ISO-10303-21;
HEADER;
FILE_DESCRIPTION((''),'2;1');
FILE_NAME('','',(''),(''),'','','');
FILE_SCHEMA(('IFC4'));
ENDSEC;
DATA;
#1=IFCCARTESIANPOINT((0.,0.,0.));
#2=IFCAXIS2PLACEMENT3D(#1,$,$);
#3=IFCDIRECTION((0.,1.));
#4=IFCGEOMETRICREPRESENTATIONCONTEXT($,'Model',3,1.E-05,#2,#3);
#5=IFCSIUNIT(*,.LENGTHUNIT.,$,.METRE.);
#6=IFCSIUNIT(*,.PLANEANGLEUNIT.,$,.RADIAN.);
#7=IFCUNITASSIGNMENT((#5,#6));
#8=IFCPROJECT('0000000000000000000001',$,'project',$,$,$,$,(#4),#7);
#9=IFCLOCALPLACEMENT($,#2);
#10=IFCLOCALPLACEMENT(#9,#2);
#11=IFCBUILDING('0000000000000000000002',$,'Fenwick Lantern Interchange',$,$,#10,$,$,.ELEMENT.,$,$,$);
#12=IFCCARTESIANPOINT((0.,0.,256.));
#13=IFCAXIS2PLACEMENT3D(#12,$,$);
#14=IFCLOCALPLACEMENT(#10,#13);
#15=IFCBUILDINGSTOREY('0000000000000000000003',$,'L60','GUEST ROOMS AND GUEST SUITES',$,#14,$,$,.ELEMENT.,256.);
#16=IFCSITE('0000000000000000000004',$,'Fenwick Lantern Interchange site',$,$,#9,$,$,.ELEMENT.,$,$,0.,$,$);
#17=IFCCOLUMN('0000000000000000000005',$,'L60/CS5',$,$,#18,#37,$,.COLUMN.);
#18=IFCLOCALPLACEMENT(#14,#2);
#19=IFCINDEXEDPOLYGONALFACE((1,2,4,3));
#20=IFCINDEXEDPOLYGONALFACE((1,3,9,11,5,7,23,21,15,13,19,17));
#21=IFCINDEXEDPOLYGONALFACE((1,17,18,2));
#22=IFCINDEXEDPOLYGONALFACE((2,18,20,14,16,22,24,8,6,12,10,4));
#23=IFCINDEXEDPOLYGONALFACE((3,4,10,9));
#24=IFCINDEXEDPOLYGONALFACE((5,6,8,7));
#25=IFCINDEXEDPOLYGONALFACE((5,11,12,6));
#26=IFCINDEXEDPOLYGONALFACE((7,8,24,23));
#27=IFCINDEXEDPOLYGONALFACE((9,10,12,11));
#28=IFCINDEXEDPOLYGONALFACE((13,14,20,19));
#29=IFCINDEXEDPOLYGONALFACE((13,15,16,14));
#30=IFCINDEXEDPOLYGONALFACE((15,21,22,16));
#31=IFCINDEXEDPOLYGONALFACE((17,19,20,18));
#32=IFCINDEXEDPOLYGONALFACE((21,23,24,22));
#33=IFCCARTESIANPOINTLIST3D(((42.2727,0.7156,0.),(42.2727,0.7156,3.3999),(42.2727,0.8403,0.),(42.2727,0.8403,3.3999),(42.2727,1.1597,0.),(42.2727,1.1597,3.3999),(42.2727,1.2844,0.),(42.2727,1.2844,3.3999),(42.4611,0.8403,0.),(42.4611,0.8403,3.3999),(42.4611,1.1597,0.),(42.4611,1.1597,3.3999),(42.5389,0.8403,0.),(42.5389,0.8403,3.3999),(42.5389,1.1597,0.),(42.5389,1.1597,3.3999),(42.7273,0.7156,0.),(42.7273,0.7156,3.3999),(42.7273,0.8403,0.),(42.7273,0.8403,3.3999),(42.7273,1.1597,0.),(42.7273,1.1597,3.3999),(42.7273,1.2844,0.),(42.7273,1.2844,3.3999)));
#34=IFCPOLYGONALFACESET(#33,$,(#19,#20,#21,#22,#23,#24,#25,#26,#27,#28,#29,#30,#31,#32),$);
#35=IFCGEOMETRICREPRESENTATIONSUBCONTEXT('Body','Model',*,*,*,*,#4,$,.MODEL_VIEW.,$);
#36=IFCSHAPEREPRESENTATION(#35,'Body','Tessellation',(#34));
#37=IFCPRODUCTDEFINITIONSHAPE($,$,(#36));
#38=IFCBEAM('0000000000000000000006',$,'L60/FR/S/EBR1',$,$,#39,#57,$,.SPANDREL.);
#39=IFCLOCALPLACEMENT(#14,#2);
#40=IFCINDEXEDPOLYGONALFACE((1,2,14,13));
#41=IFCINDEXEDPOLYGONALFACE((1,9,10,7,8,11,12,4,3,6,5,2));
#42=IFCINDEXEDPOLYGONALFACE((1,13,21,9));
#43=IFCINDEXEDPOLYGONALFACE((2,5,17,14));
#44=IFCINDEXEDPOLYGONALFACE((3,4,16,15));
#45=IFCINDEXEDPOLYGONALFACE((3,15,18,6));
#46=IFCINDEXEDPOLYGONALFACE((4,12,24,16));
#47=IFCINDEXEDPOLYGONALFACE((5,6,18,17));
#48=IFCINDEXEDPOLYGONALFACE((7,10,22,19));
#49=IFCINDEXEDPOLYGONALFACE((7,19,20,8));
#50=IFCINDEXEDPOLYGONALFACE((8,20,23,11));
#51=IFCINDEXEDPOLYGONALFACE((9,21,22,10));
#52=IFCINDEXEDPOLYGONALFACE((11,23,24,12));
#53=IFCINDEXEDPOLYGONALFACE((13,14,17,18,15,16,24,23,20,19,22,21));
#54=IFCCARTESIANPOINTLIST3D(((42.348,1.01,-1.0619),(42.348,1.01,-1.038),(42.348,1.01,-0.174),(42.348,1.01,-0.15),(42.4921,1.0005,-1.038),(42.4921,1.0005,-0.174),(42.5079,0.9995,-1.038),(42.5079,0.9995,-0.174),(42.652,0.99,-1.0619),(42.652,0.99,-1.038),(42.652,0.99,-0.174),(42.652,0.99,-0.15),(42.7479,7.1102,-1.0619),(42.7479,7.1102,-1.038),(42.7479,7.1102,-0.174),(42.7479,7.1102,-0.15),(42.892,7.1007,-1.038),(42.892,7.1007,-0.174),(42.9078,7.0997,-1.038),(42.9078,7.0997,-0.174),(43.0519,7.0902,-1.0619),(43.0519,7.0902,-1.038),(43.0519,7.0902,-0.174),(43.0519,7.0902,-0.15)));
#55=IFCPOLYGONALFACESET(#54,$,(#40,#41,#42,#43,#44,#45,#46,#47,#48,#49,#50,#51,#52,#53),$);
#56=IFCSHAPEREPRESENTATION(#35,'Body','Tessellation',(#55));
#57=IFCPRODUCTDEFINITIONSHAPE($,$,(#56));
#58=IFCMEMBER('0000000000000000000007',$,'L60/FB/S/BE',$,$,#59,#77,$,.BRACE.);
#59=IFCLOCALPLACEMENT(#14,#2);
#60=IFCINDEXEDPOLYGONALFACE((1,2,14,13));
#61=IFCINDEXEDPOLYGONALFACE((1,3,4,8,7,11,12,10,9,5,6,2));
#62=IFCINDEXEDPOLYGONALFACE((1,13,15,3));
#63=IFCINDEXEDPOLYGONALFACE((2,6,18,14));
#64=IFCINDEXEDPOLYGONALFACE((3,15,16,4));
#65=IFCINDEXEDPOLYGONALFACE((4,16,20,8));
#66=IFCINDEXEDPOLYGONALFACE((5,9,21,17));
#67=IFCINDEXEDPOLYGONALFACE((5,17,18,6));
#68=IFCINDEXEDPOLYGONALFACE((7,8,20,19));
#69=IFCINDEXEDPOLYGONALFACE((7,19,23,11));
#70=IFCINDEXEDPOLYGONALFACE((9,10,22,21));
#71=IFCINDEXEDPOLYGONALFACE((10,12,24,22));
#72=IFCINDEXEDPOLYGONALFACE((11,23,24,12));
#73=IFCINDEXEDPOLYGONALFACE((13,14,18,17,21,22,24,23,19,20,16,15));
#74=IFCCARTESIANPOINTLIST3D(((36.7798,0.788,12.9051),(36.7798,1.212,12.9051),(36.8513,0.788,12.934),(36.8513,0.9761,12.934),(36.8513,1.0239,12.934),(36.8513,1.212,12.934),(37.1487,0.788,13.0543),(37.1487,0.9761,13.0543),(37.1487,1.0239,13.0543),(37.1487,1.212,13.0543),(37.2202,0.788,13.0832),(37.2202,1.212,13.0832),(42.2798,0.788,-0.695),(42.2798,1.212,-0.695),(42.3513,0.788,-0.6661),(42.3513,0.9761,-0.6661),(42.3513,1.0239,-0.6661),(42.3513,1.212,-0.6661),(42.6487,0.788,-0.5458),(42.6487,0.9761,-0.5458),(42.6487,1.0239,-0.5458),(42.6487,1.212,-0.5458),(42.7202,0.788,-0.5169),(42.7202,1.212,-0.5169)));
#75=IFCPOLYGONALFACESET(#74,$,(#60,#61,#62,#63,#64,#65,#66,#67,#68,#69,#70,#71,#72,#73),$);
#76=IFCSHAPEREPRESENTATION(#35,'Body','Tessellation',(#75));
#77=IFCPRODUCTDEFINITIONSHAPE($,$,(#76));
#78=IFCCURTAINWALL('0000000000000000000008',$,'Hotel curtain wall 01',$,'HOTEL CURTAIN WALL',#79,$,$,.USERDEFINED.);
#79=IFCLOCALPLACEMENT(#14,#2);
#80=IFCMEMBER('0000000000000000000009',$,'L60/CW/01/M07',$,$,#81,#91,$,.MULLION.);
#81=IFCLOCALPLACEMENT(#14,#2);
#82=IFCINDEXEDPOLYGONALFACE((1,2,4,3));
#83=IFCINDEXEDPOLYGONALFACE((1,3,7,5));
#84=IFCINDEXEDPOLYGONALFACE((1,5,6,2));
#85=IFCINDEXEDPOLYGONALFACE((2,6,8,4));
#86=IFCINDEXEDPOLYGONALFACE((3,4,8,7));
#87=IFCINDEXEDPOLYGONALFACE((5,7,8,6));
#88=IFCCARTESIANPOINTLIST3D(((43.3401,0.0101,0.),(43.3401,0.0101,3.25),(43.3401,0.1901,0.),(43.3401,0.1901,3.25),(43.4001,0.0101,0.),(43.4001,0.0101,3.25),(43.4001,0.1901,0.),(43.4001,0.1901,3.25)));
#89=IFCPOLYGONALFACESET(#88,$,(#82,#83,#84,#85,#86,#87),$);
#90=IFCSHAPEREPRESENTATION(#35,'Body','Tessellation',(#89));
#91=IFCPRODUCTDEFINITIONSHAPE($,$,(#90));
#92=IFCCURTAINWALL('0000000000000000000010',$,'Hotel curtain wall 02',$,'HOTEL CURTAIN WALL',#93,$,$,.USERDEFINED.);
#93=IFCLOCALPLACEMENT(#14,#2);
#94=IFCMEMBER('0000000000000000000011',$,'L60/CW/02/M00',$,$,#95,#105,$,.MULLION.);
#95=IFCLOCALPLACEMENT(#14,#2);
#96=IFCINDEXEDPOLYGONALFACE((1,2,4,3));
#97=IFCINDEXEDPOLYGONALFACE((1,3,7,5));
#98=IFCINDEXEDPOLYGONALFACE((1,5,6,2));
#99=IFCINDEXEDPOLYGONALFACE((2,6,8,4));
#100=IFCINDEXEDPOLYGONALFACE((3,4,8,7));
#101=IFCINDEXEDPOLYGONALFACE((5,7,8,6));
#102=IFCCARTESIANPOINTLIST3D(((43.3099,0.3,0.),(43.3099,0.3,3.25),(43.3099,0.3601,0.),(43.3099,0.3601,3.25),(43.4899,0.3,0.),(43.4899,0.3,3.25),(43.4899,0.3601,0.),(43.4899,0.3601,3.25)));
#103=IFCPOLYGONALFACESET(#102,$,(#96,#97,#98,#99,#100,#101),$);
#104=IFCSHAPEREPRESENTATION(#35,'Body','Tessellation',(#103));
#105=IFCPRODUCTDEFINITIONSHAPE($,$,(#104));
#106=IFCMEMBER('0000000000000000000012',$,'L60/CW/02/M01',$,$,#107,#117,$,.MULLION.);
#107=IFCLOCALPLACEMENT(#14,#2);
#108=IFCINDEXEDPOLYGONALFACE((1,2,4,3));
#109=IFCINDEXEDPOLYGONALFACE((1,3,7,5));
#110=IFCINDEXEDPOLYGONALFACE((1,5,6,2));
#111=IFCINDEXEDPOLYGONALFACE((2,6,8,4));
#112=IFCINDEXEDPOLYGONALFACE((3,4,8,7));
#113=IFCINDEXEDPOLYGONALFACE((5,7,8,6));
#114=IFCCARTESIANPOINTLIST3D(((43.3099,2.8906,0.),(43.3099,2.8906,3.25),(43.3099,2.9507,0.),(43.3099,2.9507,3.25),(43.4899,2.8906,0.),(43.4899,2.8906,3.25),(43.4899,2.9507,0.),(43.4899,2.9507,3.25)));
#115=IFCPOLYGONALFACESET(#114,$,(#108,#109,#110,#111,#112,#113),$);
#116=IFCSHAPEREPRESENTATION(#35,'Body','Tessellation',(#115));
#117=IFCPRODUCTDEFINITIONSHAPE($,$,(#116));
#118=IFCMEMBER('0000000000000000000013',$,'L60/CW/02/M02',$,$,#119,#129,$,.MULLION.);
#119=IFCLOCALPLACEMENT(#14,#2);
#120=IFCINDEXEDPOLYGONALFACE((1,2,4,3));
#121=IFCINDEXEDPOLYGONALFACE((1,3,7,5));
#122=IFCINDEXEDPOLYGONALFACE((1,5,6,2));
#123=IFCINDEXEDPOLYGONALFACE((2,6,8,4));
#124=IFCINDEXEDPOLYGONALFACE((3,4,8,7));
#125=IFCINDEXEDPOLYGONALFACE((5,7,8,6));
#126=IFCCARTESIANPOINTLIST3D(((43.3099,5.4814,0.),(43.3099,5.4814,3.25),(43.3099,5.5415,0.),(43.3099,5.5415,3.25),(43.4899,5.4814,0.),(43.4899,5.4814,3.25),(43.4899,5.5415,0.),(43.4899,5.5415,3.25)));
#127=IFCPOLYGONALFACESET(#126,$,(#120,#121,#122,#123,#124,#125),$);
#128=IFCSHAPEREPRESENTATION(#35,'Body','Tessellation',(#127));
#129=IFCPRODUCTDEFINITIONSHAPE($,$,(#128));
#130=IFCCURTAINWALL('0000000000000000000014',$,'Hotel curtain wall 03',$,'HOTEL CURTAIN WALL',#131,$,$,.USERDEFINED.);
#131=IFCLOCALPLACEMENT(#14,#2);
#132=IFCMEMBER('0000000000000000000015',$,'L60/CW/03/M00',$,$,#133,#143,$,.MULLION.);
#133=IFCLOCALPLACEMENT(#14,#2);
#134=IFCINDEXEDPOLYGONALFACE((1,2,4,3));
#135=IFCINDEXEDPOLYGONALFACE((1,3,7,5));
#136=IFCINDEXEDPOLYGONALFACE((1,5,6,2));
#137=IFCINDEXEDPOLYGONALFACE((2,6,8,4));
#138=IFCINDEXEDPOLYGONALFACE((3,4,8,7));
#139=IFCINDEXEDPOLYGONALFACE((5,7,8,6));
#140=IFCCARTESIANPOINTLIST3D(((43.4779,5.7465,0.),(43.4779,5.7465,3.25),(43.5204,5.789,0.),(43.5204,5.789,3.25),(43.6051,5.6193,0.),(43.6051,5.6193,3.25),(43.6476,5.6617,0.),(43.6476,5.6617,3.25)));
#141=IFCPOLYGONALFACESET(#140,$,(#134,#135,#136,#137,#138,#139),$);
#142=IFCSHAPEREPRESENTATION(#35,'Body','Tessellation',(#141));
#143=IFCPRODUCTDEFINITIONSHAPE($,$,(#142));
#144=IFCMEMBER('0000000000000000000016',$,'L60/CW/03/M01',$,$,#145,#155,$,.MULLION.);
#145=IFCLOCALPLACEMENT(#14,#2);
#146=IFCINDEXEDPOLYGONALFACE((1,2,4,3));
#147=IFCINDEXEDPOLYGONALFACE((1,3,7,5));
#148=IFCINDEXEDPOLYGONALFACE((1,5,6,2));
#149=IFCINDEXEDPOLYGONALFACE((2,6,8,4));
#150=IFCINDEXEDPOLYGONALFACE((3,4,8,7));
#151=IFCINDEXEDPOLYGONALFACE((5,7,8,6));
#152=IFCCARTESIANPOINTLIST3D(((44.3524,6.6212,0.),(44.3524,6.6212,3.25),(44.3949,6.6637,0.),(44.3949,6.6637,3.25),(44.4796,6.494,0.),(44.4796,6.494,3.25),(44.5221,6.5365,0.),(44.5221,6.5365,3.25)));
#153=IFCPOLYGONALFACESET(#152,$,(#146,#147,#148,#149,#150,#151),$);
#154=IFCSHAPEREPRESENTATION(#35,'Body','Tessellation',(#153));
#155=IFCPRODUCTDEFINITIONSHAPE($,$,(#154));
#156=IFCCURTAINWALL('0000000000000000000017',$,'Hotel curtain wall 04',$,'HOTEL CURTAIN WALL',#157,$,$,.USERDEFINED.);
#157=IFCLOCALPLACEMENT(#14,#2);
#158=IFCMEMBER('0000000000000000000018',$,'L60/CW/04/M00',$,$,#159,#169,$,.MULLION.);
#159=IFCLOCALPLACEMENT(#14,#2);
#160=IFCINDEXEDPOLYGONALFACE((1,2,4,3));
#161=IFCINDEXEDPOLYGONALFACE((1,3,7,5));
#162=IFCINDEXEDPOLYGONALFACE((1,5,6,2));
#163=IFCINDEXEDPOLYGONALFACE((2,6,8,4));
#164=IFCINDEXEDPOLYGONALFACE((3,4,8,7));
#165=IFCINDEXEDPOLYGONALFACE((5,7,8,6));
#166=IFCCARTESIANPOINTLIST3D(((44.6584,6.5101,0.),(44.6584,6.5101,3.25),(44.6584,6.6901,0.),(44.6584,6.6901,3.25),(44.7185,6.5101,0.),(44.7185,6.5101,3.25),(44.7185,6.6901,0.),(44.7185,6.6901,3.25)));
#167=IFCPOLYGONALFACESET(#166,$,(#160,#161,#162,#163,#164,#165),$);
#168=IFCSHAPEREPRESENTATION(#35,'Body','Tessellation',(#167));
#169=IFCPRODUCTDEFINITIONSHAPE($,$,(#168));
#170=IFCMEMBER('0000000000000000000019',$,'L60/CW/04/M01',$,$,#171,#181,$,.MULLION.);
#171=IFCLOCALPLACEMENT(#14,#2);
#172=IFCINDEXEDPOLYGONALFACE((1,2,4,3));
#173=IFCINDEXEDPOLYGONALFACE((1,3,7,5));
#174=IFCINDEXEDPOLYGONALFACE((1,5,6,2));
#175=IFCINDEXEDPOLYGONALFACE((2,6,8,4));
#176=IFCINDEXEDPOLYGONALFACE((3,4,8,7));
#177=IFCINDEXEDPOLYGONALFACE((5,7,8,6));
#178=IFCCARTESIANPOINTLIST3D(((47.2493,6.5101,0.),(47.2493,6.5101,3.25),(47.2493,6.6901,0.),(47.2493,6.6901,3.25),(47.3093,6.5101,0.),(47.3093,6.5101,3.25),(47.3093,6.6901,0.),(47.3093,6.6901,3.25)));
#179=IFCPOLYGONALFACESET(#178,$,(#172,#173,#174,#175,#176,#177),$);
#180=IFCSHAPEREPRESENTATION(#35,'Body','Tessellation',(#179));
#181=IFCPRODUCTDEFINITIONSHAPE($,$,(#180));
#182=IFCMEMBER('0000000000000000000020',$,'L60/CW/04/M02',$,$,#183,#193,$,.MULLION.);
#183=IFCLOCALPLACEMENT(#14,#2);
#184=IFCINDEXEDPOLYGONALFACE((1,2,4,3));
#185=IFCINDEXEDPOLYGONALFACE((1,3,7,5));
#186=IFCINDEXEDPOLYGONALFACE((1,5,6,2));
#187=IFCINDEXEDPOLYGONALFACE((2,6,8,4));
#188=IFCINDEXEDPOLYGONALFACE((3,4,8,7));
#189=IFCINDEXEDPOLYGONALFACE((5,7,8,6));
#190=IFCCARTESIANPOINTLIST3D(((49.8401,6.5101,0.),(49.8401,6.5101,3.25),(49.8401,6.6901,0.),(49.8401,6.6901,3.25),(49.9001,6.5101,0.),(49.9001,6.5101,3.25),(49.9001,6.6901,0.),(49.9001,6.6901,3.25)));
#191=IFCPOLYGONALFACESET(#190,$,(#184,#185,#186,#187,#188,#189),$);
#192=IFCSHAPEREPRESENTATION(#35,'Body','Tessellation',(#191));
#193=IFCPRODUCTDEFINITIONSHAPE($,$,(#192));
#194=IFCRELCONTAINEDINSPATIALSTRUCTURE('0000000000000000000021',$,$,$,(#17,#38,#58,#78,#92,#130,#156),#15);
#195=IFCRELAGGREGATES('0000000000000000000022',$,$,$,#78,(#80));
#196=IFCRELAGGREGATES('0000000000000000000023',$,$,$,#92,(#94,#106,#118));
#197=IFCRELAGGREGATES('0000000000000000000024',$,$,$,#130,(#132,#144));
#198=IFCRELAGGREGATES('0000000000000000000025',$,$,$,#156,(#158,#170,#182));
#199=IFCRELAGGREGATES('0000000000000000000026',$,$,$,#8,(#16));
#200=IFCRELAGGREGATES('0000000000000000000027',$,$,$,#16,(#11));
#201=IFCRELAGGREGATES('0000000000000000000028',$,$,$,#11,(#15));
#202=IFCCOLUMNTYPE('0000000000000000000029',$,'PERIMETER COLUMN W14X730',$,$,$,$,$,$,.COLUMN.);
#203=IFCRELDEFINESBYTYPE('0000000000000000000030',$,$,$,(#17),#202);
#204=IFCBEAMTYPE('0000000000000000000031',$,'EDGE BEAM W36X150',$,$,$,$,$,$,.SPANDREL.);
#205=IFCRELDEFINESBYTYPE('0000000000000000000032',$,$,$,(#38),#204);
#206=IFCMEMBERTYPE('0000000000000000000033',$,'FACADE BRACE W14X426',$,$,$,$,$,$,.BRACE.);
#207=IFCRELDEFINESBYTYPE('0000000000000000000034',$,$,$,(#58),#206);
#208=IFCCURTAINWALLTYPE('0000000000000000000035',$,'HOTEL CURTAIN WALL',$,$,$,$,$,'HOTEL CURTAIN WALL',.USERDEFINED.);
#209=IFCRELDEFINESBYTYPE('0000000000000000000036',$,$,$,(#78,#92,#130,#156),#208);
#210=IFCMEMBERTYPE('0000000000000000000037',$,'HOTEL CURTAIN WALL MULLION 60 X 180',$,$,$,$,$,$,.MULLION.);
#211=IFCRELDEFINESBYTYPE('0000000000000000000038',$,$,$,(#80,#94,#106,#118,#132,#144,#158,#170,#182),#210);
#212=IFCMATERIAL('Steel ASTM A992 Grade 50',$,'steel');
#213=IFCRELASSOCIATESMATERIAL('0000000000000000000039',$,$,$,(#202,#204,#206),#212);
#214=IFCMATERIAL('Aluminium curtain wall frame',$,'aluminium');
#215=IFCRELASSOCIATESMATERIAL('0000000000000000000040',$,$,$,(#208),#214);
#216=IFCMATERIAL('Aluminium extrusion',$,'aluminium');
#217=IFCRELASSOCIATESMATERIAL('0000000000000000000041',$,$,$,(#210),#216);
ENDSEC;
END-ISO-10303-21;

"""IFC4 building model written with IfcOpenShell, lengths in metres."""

from ifc_helpers import new_model, si_unit, direction, frame, origin, origin_2d, place, context, subcontext, project, spatial, rectangle, i_section, extrude, material, material_profile, profile_set, type_object, element, aggregate, save


model = new_model("IFC4")

# Units and contexts
model_context = context("Model", 3, precision=1e-05, world=origin(), true_north=direction((0.0, 1.0)))
body_context = subcontext(model_context, "Body", "Model", "MODEL_VIEW")
ifc_project = project(units=[si_unit("LENGTHUNIT", "METRE"), si_unit("PLANEANGLEUNIT", "RADIAN")], contexts=[model_context])

# Site, building, storey
site_placement = place(None, origin())
site = spatial("IfcSite", under=ifc_project, at=site_placement, Name="Fenwick Lantern Interchange site", CompositionType="ELEMENT", RefElevation=0.0)
building_placement = place(site_placement, origin())
building = spatial("IfcBuilding", under=site, at=building_placement, Name="Fenwick Lantern Interchange", CompositionType="ELEMENT")
storey_placement = place(building_placement, frame((0.0, 0.0, 256.0)))
storey = spatial("IfcBuildingStorey", under=building, at=storey_placement, Name="L60", Description="GUEST ROOMS AND GUEST SUITES", CompositionType="ELEMENT", Elevation=256.0)

# Column
ifc_material_1 = material(Name="Steel ASTM A992 Grade 50", Category="steel")
ifc_material_profile_1 = material_profile(ifc_material_1, i_section(OverallWidth=0.4546, OverallDepth=0.5688, WebThickness=0.0779, FlangeThickness=0.1248, at=origin_2d()), Name="W14X730")
ifc_profile_set_1 = profile_set([ifc_material_profile_1], Name="Steel ASTM A992 Grade 50")
column_type = type_object("IfcColumnType", Name="PERIMETER COLUMN W14X730", PredefinedType="COLUMN", material=ifc_profile_set_1)
column_placement = place(storey_placement, frame((42.5, 1.0, 0.0), z_axis=(0.0, 0.0, 1.0), x_axis=(1.0, 0.0, 0.0)))
element("IfcColumn", 1, at=column_placement, inside=storey, type_object=column_type, Name="L60/CS5", PredefinedType="COLUMN", context=body_context, shape_type="SweptSolid", body=[
    extrude(i_section(OverallWidth=0.4546, OverallDepth=0.5688, WebThickness=0.0779, FlangeThickness=0.1248, at=origin_2d()), origin(), (0.0, 0.0, 1.0), 3.3999),
])

# Beam
ifc_material_profile_2 = material_profile(ifc_material_1, i_section(OverallWidth=0.3047, OverallDepth=0.9119, WebThickness=0.0159, FlangeThickness=0.0239, at=origin_2d()), Name="W36X150")
ifc_profile_set_2 = profile_set([ifc_material_profile_2], Name="Steel ASTM A992 Grade 50")
beam_type = type_object("IfcBeamType", Name="EDGE BEAM W36X150", PredefinedType="SPANDREL", material=ifc_profile_set_2)
beam_placement = place(storey_placement, frame((42.5, 1.0, -0.606), z_axis=(0.065416, 0.997858, 0.0), x_axis=(-0.997858, 0.065416, 0.0)))
element("IfcBeam", 2, at=beam_placement, inside=storey, type_object=beam_type, Name="L60/FR/S/EBR1", PredefinedType="SPANDREL", context=body_context, shape_type="SweptSolid", body=[
    extrude(i_section(OverallWidth=0.3047, OverallDepth=0.9119, WebThickness=0.0159, FlangeThickness=0.0239, at=origin_2d()), origin(), (0.0, 0.0, 1.0), 6.1133),
])

# Member
ifc_material_profile_3 = material_profile(ifc_material_1, i_section(OverallWidth=0.4241, OverallDepth=0.4751, WebThickness=0.0479, FlangeThickness=0.0771, at=origin_2d()), Name="W14X426")
ifc_profile_set_3 = profile_set([ifc_material_profile_3], Name="Steel ASTM A992 Grade 50")
member_type_1 = type_object("IfcMemberType", Name="FACADE BRACE W14X426", PredefinedType="BRACE", material=ifc_profile_set_3)
member_1_placement = place(storey_placement, frame((42.5, 1.0, -0.606), z_axis=(-0.374912, 0.0, 0.927061), x_axis=(0.0, -1.0, 0.0)))
element("IfcMember", 3, at=member_1_placement, inside=storey, type_object=member_type_1, Name="L60/FB/S/BE", PredefinedType="BRACE", context=body_context, shape_type="SweptSolid", body=[
    extrude(i_section(OverallWidth=0.4241, OverallDepth=0.4751, WebThickness=0.0479, FlangeThickness=0.0771, at=origin_2d()), origin(), (0.0, 0.0, 1.0), 14.6702),
])

# Curtain wall, member
ifc_material_2 = material(Name="Aluminium curtain wall frame", Category="aluminium")
curtain_wall_type = type_object("IfcCurtainWallType", Name="HOTEL CURTAIN WALL", ElementType="HOTEL CURTAIN WALL", PredefinedType="USERDEFINED", material=ifc_material_2)
curtain_wall_1_placement = place(storey_placement, origin())
curtain_wall_1 = element("IfcCurtainWall", 4, at=curtain_wall_1_placement, inside=storey, type_object=curtain_wall_type, Name="Hotel curtain wall 01", ObjectType="HOTEL CURTAIN WALL", PredefinedType="USERDEFINED")
ifc_material_3 = material(Name="Aluminium extrusion", Category="aluminium")
ifc_material_profile_4 = material_profile(ifc_material_3, rectangle(XDim=0.1799, YDim=0.0601, at=origin_2d()), Name="HOTEL CURTAIN WALL MULLION 60 X 180")
ifc_profile_set_4 = profile_set([ifc_material_profile_4], Name="Aluminium extrusion")
member_type_2 = type_object("IfcMemberType", Name="HOTEL CURTAIN WALL MULLION 60 X 180", PredefinedType="MULLION", material=ifc_profile_set_4)
member_2_placement = place(storey_placement, frame((43.3701, 0.1001, 0.0), z_axis=(0.0, 0.0, 1.0), x_axis=(0.0, 1.0, 0.0)))
member_2 = element("IfcMember", 5, at=member_2_placement, type_object=member_type_2, Name="L60/CW/01/M07", PredefinedType="MULLION", context=body_context, shape_type="SweptSolid", body=[
    extrude(rectangle(XDim=0.1799, YDim=0.0601, at=origin_2d()), origin(), (0.0, 0.0, 1.0), 3.25),
])
aggregate(curtain_wall_1, [member_2])

# Curtain walls, members
curtain_wall_2_placement = place(storey_placement, origin())
curtain_wall_2 = element("IfcCurtainWall", 6, at=curtain_wall_2_placement, inside=storey, type_object=curtain_wall_type, Name="Hotel curtain wall 02", ObjectType="HOTEL CURTAIN WALL", PredefinedType="USERDEFINED")
member_3_placement = place(storey_placement, frame((43.3999, 0.3301, 0.0), z_axis=(0.0, 0.0, 1.0), x_axis=(-1.0, 0.0, 0.0)))
member_3 = element("IfcMember", 7, at=member_3_placement, type_object=member_type_2, Name="L60/CW/02/M00", PredefinedType="MULLION", context=body_context, shape_type="SweptSolid", body=[
    extrude(rectangle(XDim=0.1799, YDim=0.0601, at=origin_2d()), origin(), (0.0, 0.0, 1.0), 3.25),
])
member_4_placement = place(storey_placement, frame((43.3999, 2.9207, 0.0), z_axis=(0.0, 0.0, 1.0), x_axis=(-1.0, 0.0, 0.0)))
member_4 = element("IfcMember", 8, at=member_4_placement, type_object=member_type_2, Name="L60/CW/02/M01", PredefinedType="MULLION", context=body_context, shape_type="SweptSolid", body=[
    extrude(rectangle(XDim=0.1799, YDim=0.0601, at=origin_2d()), origin(), (0.0, 0.0, 1.0), 3.25),
])
member_5_placement = place(storey_placement, frame((43.3999, 5.5115, 0.0), z_axis=(0.0, 0.0, 1.0), x_axis=(-1.0, 0.0, 0.0)))
member_5 = element("IfcMember", 9, at=member_5_placement, type_object=member_type_2, Name="L60/CW/02/M02", PredefinedType="MULLION", context=body_context, shape_type="SweptSolid", body=[
    extrude(rectangle(XDim=0.1799, YDim=0.0601, at=origin_2d()), origin(), (0.0, 0.0, 1.0), 3.25),
])
curtain_wall_3_placement = place(storey_placement, origin())
curtain_wall_3 = element("IfcCurtainWall", 10, at=curtain_wall_3_placement, inside=storey, type_object=curtain_wall_type, Name="Hotel curtain wall 03", ObjectType="HOTEL CURTAIN WALL", PredefinedType="USERDEFINED")
member_6_placement = place(storey_placement, frame((43.5627, 5.7041, 0.0), z_axis=(0.0, 0.0, 1.0), x_axis=(-0.707107, 0.707107, 0.0)))
member_6 = element("IfcMember", 11, at=member_6_placement, type_object=member_type_2, Name="L60/CW/03/M00", PredefinedType="MULLION", context=body_context, shape_type="SweptSolid", body=[
    extrude(rectangle(XDim=0.1799, YDim=0.0601, at=origin_2d()), origin(), (0.0, 0.0, 1.0), 3.25),
])
member_7_placement = place(storey_placement, frame((44.4373, 6.5789, 0.0), z_axis=(0.0, 0.0, 1.0), x_axis=(-0.707107, 0.707107, 0.0)))
member_7 = element("IfcMember", 12, at=member_7_placement, type_object=member_type_2, Name="L60/CW/03/M01", PredefinedType="MULLION", context=body_context, shape_type="SweptSolid", body=[
    extrude(rectangle(XDim=0.1799, YDim=0.0601, at=origin_2d()), origin(), (0.0, 0.0, 1.0), 3.25),
])
curtain_wall_4_placement = place(storey_placement, origin())
curtain_wall_4 = element("IfcCurtainWall", 13, at=curtain_wall_4_placement, inside=storey, type_object=curtain_wall_type, Name="Hotel curtain wall 04", ObjectType="HOTEL CURTAIN WALL", PredefinedType="USERDEFINED")
member_8_placement = place(storey_placement, frame((44.6885, 6.6001, 0.0), z_axis=(0.0, 0.0, 1.0), x_axis=(0.0, 1.0, 0.0)))
member_8 = element("IfcMember", 14, at=member_8_placement, type_object=member_type_2, Name="L60/CW/04/M00", PredefinedType="MULLION", context=body_context, shape_type="SweptSolid", body=[
    extrude(rectangle(XDim=0.1799, YDim=0.0601, at=origin_2d()), origin(), (0.0, 0.0, 1.0), 3.25),
])
member_9_placement = place(storey_placement, frame((47.2793, 6.6001, 0.0), z_axis=(0.0, 0.0, 1.0), x_axis=(0.0, 1.0, 0.0)))
member_9 = element("IfcMember", 15, at=member_9_placement, type_object=member_type_2, Name="L60/CW/04/M01", PredefinedType="MULLION", context=body_context, shape_type="SweptSolid", body=[
    extrude(rectangle(XDim=0.1799, YDim=0.0601, at=origin_2d()), origin(), (0.0, 0.0, 1.0), 3.25),
])
member_10_placement = place(storey_placement, frame((49.8701, 6.6001, 0.0), z_axis=(0.0, 0.0, 1.0), x_axis=(0.0, 1.0, 0.0)))
member_10 = element("IfcMember", 16, at=member_10_placement, type_object=member_type_2, Name="L60/CW/04/M02", PredefinedType="MULLION", context=body_context, shape_type="SweptSolid", body=[
    extrude(rectangle(XDim=0.1799, YDim=0.0601, at=origin_2d()), origin(), (0.0, 0.0, 1.0), 3.25),
])

aggregate(curtain_wall_2, [member_3, member_4, member_5])
aggregate(curtain_wall_3, [member_6, member_7])
aggregate(curtain_wall_4, [member_8, member_9, member_10])

save(model, "model.ifc")
